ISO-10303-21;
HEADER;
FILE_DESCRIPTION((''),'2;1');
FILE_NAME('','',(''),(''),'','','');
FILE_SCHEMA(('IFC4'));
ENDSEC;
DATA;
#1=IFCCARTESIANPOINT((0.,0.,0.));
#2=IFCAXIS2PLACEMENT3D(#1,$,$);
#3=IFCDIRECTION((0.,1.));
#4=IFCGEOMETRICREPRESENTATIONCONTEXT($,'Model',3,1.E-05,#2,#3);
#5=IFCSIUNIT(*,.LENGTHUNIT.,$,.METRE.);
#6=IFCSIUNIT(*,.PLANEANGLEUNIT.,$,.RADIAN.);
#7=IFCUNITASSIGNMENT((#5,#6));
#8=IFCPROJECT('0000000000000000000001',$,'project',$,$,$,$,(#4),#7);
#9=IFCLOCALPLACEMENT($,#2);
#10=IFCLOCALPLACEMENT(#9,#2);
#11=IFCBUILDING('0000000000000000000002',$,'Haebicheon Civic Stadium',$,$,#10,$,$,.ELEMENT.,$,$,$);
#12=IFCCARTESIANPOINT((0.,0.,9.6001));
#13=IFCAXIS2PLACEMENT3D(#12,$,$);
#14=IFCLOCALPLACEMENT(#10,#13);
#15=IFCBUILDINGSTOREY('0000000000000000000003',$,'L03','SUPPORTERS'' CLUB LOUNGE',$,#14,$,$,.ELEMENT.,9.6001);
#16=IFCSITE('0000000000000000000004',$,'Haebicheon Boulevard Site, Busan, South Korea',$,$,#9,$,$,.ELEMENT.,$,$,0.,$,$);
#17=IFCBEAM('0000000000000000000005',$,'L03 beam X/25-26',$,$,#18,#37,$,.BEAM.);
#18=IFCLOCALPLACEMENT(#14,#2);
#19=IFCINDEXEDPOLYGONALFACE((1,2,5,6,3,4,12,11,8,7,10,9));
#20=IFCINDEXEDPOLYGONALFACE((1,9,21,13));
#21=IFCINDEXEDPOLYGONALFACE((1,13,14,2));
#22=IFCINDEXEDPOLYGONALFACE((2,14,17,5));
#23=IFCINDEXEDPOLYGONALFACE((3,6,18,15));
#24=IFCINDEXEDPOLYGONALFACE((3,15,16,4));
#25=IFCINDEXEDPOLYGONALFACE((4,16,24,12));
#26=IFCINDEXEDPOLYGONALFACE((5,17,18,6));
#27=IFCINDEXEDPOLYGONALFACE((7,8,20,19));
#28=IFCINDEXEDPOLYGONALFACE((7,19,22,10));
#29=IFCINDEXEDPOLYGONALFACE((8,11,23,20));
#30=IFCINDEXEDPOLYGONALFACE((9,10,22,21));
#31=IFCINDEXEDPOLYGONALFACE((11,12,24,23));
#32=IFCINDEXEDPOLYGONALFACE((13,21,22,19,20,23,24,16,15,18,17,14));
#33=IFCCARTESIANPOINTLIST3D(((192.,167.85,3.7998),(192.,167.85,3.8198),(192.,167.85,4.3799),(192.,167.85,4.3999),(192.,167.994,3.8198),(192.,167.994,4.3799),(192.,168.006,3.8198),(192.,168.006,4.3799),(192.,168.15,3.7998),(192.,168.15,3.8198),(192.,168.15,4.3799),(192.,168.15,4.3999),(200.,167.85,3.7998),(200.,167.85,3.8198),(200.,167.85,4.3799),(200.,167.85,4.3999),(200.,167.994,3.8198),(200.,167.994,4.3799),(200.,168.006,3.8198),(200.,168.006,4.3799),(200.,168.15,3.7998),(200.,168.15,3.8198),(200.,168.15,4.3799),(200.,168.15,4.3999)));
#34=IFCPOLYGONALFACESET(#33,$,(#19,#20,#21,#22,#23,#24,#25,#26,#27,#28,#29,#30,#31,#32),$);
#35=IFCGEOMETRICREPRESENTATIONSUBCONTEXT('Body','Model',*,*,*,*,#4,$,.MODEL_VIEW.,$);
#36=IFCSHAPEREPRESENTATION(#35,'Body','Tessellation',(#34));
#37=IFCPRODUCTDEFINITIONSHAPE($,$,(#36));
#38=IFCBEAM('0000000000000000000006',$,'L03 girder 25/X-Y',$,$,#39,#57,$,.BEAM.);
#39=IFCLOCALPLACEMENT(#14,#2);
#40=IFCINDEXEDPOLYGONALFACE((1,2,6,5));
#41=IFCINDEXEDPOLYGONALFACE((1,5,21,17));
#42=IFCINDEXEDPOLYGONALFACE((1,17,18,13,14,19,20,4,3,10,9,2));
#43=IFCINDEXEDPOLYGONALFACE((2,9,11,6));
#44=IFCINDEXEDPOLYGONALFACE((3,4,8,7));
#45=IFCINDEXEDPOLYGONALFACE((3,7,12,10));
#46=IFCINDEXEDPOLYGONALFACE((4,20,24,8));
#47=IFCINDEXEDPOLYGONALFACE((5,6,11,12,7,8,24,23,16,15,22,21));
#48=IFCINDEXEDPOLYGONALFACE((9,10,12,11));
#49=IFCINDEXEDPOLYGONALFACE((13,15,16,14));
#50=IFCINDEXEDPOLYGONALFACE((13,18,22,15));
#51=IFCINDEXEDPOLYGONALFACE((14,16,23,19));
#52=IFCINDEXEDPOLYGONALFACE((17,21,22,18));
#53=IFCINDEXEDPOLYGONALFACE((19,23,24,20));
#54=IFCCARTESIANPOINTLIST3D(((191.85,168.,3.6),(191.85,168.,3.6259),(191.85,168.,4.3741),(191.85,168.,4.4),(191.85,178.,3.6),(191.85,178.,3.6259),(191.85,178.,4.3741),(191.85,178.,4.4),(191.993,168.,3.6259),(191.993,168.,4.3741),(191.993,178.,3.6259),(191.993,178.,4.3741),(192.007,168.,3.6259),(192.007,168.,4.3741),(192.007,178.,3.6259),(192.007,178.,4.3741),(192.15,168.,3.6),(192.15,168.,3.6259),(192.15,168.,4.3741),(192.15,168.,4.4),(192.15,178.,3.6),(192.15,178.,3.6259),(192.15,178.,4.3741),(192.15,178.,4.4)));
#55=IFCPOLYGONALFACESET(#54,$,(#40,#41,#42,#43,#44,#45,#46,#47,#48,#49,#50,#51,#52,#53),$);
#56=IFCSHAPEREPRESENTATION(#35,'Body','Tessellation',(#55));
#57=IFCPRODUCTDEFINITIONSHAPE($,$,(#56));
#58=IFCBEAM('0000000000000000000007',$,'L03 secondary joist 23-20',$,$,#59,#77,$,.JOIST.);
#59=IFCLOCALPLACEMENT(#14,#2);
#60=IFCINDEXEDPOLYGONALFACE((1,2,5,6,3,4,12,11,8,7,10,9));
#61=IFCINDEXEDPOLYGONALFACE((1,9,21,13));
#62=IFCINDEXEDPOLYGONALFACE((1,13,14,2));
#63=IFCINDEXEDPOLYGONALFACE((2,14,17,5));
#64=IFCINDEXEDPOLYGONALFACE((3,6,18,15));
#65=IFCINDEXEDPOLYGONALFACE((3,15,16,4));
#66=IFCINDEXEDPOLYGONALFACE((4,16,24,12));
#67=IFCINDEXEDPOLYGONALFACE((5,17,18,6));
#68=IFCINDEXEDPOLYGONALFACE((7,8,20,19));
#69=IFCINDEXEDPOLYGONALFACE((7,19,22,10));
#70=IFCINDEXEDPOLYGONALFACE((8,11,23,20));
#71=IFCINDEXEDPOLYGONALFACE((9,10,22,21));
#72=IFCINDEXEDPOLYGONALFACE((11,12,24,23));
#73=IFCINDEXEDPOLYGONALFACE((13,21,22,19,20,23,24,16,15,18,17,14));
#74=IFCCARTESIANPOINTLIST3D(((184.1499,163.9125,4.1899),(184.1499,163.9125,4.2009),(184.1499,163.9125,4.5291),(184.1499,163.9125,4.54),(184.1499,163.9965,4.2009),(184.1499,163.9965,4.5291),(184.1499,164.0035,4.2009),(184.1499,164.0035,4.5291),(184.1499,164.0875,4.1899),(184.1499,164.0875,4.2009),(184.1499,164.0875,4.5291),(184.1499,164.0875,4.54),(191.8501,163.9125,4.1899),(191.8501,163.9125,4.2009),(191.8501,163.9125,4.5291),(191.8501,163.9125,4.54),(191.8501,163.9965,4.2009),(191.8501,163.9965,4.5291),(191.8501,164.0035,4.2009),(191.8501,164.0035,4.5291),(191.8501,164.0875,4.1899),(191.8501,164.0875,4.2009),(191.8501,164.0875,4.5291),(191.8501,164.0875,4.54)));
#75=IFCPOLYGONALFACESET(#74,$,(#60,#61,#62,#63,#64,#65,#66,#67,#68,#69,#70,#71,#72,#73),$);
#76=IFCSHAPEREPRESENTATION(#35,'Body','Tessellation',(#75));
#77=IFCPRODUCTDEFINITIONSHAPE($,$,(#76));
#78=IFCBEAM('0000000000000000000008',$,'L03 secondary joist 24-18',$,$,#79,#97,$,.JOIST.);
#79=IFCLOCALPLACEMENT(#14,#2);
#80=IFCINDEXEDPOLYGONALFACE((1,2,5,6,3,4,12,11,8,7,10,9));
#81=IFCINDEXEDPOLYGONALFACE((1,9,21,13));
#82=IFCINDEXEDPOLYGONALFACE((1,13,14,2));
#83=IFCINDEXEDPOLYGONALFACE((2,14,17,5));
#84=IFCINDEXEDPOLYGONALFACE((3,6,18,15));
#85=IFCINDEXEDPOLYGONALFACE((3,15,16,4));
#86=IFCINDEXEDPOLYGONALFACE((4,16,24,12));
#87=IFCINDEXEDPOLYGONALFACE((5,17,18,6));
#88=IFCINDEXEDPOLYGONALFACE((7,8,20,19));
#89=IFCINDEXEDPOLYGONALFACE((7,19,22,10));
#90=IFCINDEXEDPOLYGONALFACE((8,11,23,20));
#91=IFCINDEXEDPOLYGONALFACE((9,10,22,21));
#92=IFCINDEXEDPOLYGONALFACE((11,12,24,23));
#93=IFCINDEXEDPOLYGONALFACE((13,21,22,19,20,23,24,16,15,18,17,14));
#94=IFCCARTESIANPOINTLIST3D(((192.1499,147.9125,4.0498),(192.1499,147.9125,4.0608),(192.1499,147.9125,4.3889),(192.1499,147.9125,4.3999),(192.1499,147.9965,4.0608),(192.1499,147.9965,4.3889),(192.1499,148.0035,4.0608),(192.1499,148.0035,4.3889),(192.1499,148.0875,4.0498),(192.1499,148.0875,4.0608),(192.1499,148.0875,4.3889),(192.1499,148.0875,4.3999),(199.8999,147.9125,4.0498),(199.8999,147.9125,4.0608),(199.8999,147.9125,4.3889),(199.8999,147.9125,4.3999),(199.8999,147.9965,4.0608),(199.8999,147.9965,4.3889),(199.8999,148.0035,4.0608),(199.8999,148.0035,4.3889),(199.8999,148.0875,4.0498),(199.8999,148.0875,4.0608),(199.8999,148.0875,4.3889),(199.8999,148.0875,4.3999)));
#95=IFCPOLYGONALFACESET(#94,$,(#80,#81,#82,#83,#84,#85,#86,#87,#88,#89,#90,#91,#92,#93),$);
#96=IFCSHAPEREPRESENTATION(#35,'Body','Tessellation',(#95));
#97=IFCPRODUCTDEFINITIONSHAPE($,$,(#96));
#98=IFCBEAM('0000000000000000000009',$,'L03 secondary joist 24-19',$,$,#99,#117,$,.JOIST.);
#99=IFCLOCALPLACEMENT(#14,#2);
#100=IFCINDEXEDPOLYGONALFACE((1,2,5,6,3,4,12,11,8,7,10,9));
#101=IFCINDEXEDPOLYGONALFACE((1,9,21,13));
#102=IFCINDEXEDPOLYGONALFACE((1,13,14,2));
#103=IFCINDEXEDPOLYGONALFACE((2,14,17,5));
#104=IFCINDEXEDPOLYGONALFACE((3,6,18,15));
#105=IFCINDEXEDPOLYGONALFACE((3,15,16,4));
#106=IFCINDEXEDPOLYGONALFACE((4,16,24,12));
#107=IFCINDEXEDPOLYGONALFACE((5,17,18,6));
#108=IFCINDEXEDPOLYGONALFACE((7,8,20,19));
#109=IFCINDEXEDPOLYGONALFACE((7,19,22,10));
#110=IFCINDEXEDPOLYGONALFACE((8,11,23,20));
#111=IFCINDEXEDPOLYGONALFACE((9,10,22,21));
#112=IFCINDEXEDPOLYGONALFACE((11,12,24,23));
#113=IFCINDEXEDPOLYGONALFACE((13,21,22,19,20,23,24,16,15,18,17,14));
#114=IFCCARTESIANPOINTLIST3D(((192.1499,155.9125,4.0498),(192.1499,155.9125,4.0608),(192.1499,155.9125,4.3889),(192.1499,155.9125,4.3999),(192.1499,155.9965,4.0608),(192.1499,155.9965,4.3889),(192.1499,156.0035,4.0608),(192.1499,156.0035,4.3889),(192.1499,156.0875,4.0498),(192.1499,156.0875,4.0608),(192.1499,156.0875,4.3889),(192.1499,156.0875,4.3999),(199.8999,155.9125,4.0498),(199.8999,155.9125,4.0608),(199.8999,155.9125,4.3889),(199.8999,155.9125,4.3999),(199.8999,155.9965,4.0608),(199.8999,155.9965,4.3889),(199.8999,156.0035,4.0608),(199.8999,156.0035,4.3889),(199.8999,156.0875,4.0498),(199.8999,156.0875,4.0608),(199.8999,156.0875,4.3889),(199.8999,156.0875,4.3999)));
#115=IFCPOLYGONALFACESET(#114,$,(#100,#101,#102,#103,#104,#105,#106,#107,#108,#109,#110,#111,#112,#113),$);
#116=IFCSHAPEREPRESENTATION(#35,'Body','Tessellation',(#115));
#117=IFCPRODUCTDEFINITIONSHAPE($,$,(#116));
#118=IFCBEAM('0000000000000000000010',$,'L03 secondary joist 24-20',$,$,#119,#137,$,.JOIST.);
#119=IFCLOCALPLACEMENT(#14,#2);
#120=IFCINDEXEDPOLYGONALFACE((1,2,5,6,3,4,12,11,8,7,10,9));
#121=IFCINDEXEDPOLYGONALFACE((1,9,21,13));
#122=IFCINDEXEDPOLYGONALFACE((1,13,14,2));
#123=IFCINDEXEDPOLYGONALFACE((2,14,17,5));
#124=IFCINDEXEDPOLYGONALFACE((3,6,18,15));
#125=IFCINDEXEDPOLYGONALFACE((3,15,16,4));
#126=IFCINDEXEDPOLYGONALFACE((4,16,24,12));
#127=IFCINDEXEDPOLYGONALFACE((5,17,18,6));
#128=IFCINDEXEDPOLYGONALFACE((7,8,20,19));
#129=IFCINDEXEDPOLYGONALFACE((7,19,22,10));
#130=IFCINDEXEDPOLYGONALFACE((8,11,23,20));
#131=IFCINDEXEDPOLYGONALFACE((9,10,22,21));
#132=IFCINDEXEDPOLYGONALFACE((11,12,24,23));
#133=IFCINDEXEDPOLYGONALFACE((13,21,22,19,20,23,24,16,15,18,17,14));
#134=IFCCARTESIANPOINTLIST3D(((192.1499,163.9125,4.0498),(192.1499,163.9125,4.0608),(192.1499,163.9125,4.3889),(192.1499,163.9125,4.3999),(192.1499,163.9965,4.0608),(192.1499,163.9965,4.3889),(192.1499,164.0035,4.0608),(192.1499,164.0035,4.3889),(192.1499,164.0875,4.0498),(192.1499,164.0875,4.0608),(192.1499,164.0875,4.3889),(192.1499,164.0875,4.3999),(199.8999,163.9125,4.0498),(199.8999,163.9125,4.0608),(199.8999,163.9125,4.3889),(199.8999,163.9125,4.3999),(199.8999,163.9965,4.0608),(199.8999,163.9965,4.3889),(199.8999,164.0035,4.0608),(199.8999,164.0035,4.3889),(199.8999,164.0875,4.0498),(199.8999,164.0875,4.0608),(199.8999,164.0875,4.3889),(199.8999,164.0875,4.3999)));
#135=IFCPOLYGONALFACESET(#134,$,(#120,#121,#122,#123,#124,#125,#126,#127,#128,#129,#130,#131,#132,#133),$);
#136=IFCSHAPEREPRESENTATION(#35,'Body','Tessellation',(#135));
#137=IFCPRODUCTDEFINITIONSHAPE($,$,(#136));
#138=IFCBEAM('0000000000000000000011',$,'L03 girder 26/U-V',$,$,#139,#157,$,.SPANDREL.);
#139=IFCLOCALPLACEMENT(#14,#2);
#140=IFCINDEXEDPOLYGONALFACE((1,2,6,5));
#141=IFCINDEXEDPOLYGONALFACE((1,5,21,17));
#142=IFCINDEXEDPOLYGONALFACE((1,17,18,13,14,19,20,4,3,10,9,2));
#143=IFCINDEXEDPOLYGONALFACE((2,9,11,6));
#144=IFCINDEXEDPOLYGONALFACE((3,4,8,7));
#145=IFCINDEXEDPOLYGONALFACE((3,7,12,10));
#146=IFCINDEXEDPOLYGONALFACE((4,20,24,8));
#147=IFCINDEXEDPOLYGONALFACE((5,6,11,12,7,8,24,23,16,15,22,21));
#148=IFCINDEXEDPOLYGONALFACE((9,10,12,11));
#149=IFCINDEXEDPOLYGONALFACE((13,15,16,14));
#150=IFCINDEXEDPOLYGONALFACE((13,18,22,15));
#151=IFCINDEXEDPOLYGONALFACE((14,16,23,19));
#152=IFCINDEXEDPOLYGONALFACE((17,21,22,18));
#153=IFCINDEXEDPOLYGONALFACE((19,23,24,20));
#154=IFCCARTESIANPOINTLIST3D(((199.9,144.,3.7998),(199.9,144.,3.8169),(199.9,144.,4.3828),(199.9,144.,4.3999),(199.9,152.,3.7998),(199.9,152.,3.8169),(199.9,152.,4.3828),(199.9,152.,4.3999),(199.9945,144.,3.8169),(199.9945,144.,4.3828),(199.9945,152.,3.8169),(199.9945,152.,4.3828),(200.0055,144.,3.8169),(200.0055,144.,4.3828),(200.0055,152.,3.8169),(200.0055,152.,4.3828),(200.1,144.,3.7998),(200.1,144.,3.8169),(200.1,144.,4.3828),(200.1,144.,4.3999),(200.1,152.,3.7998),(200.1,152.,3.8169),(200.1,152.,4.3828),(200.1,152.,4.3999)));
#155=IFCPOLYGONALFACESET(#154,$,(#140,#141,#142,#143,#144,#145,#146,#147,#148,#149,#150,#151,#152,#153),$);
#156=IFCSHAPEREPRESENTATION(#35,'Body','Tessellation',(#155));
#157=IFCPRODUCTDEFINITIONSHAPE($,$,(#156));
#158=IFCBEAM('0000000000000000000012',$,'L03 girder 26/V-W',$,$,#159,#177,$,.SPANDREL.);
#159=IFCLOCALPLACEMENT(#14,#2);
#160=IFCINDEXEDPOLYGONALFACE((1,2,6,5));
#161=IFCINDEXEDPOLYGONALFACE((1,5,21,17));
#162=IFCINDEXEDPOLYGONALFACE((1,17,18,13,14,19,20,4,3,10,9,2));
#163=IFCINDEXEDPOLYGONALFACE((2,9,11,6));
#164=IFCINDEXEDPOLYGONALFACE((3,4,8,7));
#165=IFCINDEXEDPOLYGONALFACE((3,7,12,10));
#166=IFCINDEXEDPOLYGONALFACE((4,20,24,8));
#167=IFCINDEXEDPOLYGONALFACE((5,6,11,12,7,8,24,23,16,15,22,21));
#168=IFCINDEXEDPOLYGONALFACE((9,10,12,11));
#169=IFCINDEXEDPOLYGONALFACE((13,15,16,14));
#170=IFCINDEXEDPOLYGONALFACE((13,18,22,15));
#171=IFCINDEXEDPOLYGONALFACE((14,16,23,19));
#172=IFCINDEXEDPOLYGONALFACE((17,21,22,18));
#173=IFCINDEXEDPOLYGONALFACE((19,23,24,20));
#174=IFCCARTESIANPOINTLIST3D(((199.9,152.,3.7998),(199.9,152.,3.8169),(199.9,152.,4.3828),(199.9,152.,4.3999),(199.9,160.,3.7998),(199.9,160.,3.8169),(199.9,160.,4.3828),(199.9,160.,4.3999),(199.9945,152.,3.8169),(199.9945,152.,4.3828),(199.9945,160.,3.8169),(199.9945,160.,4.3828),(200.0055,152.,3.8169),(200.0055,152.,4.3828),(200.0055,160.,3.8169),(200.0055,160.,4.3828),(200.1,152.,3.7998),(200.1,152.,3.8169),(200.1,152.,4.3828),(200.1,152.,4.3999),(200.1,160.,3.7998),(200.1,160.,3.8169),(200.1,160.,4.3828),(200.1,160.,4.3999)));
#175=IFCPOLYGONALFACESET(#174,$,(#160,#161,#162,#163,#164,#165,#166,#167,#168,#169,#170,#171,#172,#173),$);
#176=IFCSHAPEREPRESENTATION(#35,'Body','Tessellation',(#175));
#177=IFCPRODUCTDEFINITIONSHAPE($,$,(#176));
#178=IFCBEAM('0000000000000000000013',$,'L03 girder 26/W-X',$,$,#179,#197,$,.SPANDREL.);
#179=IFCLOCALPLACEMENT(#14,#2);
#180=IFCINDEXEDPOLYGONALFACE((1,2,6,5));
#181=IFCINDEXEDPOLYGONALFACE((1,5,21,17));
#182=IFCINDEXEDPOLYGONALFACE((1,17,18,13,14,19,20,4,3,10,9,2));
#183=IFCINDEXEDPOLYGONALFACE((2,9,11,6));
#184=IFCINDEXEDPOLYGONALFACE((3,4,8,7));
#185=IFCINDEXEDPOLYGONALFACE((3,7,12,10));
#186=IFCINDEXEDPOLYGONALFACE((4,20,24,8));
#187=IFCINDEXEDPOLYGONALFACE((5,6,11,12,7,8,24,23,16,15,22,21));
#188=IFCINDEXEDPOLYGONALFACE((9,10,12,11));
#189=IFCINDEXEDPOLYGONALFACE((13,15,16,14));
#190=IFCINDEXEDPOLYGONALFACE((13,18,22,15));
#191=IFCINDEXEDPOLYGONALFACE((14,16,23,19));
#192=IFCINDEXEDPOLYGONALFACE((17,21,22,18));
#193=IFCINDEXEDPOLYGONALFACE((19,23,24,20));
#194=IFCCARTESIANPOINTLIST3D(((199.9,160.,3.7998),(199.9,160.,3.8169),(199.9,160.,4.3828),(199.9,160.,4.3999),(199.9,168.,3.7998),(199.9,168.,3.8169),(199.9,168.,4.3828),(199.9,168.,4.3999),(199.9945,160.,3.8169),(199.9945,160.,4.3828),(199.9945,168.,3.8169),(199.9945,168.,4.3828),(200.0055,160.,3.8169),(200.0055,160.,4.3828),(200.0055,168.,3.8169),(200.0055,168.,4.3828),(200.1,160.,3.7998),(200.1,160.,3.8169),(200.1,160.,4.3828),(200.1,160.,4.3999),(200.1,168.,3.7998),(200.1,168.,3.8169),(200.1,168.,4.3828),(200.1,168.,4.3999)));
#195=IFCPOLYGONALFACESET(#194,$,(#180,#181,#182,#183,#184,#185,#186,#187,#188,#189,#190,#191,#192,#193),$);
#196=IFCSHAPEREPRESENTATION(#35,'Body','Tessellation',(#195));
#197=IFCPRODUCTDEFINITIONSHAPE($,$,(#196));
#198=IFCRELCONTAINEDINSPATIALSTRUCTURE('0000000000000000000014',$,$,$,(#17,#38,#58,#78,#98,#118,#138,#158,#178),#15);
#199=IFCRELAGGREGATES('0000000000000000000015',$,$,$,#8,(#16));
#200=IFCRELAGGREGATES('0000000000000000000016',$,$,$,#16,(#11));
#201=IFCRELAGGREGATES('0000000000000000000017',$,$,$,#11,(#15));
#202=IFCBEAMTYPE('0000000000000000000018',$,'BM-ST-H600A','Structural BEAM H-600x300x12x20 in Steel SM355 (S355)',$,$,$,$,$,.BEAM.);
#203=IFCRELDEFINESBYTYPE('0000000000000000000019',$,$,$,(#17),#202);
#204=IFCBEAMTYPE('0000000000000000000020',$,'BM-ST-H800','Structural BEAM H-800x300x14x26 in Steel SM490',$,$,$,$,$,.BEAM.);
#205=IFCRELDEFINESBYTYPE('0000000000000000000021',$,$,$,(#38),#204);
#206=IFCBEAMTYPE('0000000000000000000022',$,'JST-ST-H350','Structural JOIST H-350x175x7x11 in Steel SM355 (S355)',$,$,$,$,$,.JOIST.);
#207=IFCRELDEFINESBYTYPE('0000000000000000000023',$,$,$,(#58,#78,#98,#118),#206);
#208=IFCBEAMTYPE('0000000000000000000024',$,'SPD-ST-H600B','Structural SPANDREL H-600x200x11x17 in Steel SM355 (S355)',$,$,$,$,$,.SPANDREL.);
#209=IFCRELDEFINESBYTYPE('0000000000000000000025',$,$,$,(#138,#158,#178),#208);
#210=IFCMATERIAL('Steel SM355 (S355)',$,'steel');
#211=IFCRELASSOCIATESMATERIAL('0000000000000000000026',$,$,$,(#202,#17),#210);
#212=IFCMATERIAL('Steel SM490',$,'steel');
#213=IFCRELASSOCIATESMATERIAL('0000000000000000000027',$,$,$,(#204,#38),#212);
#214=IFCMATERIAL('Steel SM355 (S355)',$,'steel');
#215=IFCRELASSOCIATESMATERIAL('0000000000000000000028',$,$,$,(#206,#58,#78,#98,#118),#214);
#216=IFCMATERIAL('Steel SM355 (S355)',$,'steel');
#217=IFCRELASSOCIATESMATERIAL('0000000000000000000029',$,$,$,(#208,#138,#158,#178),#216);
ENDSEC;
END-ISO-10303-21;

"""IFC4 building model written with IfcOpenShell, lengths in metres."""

from ifc_helpers import new_model, si_unit, direction, frame, origin, origin_2d, place, context, subcontext, project, spatial, i_section, extrude, material, material_profile, profile_set, type_object, element, save


model = new_model("IFC4")

# Units and contexts
model_context = context("Model", 3, precision=1e-05, world=origin(), true_north=direction((0.0, 1.0)))
body_context = subcontext(model_context, "Body", "Model", "MODEL_VIEW")
ifc_project = project(units=[si_unit("LENGTHUNIT", "METRE"), si_unit("PLANEANGLEUNIT", "RADIAN")], contexts=[model_context])

# Site, building, storey
site_placement = place(None, origin())
site = spatial("IfcSite", under=ifc_project, at=site_placement, Name="Haebicheon Boulevard Site, Busan, South Korea", CompositionType="ELEMENT", RefElevation=0.0)
building_placement = place(site_placement, origin())
building = spatial("IfcBuilding", under=site, at=building_placement, Name="Haebicheon Civic Stadium", CompositionType="ELEMENT")
storey_placement = place(building_placement, frame((0.0, 0.0, 9.6001)))
storey = spatial("IfcBuildingStorey", under=building, at=storey_placement, Name="L03", Description="SUPPORTERS' CLUB LOUNGE", CompositionType="ELEMENT", Elevation=9.6001)

# Beams
ifc_material_1 = material(Name="Steel SM355 (S355)", Category="steel")
ifc_material_profile_1 = material_profile(ifc_material_1, i_section(OverallWidth=0.3, OverallDepth=0.6001, WebThickness=0.012, FlangeThickness=0.02, at=origin_2d()), Name="H-600x300x12x20")
ifc_profile_set_1 = profile_set([ifc_material_profile_1], Name="Steel SM355 (S355)")
beam_type_1 = type_object("IfcBeamType", Name="BM-ST-H600A", Description="Structural BEAM H-600x300x12x20 in Steel SM355 (S355)", PredefinedType="BEAM", material=ifc_profile_set_1)
for number, where, z_axis, x_axis, name in (
    (1, (192.0, 168.0, 4.0999), (1.0, 0.0, 0.0), (0.0, 1.0, 0.0), "L03 beam X/25-26"),
):
    element("IfcBeam", number, at=place(storey_placement, frame(where, z_axis=z_axis, x_axis=x_axis)), inside=storey, type_object=beam_type_1, material=ifc_profile_set_1, Name=name, PredefinedType="BEAM", context=body_context, shape_type="SweptSolid", body=[
        extrude(i_section(OverallWidth=0.3, OverallDepth=0.6001, WebThickness=0.012, FlangeThickness=0.02, at=origin_2d()), origin(), (0.0, 0.0, 1.0), 8.0),
    ])
ifc_material_2 = material(Name="Steel SM490", Category="steel")
ifc_material_profile_2 = material_profile(ifc_material_2, i_section(OverallWidth=0.3, OverallDepth=0.8, WebThickness=0.0139, FlangeThickness=0.0259, at=origin_2d()), Name="H-800x300x14x26")
ifc_profile_set_2 = profile_set([ifc_material_profile_2], Name="Steel SM490")
beam_type_2 = type_object("IfcBeamType", Name="BM-ST-H800", Description="Structural BEAM H-800x300x14x26 in Steel SM490", PredefinedType="BEAM", material=ifc_profile_set_2)
beam_1_placement = place(storey_placement, frame((192.0, 168.0, 4.0), z_axis=(0.0, 1.0, 0.0), x_axis=(-1.0, 0.0, 0.0)))
element("IfcBeam", 2, at=beam_1_placement, inside=storey, type_object=beam_type_2, material=ifc_profile_set_2, Name="L03 girder 25/X-Y", PredefinedType="BEAM", context=body_context, shape_type="SweptSolid", body=[
    extrude(i_section(OverallWidth=0.3, OverallDepth=0.8, WebThickness=0.0139, FlangeThickness=0.0259, at=origin_2d()), origin(), (0.0, 0.0, 1.0), 10.0),
])
ifc_material_3 = material(Name="Steel SM355 (S355)", Category="steel")
ifc_material_profile_3 = material_profile(ifc_material_3, i_section(OverallWidth=0.175, OverallDepth=0.3501, WebThickness=0.0071, FlangeThickness=0.011, at=origin_2d()), Name="H-350x175x7x11")
ifc_profile_set_3 = profile_set([ifc_material_profile_3], Name="Steel SM355 (S355)")
beam_type_3 = type_object("IfcBeamType", Name="JST-ST-H350", Description="Structural JOIST H-350x175x7x11 in Steel SM355 (S355)", PredefinedType="JOIST", material=ifc_profile_set_3)
beam_2_placement = place(storey_placement, frame((184.1499, 164.0, 4.365), z_axis=(1.0, 0.0, 0.0), x_axis=(0.0, 1.0, 0.0)))
element("IfcBeam", 3, at=beam_2_placement, inside=storey, type_object=beam_type_3, material=ifc_profile_set_3, Name="L03 secondary joist 23-20", PredefinedType="JOIST", context=body_context, shape_type="SweptSolid", body=[
    extrude(i_section(OverallWidth=0.175, OverallDepth=0.3501, WebThickness=0.0071, FlangeThickness=0.011, at=origin_2d()), origin(), (0.0, 0.0, 1.0), 7.7002),
])
for number, where, z_axis, x_axis, name in (
    (4, (192.1499, 148.0, 4.2249), (1.0, 0.0, 0.0), (0.0, 1.0, 0.0), "L03 secondary joist 24-18"),
    (5, (192.1499, 156.0, 4.2249), (1.0, 0.0, 0.0), (0.0, 1.0, 0.0), "L03 secondary joist 24-19"),
    (6, (192.1499, 164.0, 4.2249), (1.0, 0.0, 0.0), (0.0, 1.0, 0.0), "L03 secondary joist 24-20"),
):
    element("IfcBeam", number, at=place(storey_placement, frame(where, z_axis=z_axis, x_axis=x_axis)), inside=storey, type_object=beam_type_3, material=ifc_profile_set_3, Name=name, PredefinedType="JOIST", context=body_context, shape_type="SweptSolid", body=[
        extrude(i_section(OverallWidth=0.175, OverallDepth=0.3501, WebThickness=0.0071, FlangeThickness=0.011, at=origin_2d()), origin(), (0.0, 0.0, 1.0), 7.75),
    ])
ifc_material_4 = material(Name="Steel SM355 (S355)", Category="steel")
ifc_material_profile_4 = material_profile(ifc_material_4, i_section(OverallWidth=0.2, OverallDepth=0.6001, WebThickness=0.011, FlangeThickness=0.0171, at=origin_2d()), Name="H-600x200x11x17")
ifc_profile_set_4 = profile_set([ifc_material_profile_4], Name="Steel SM355 (S355)")
beam_type_4 = type_object("IfcBeamType", Name="SPD-ST-H600B", Description="Structural SPANDREL H-600x200x11x17 in Steel SM355 (S355)", PredefinedType="SPANDREL", material=ifc_profile_set_4)
for number, where, z_axis, x_axis, name in (
    (7, (200.0, 144.0, 4.0999), (0.0, 1.0, 0.0), (-1.0, 0.0, 0.0), "L03 girder 26/U-V"),
    (8, (200.0, 152.0, 4.0999), (0.0, 1.0, 0.0), (-1.0, 0.0, 0.0), "L03 girder 26/V-W"),
    (9, (200.0, 160.0, 4.0999), (0.0, 1.0, 0.0), (-1.0, 0.0, 0.0), "L03 girder 26/W-X"),
):
    element("IfcBeam", number, at=place(storey_placement, frame(where, z_axis=z_axis, x_axis=x_axis)), inside=storey, type_object=beam_type_4, material=ifc_profile_set_4, Name=name, PredefinedType="SPANDREL", context=body_context, shape_type="SweptSolid", body=[
        extrude(i_section(OverallWidth=0.2, OverallDepth=0.6001, WebThickness=0.011, FlangeThickness=0.0171, at=origin_2d()), origin(), (0.0, 0.0, 1.0), 8.0),
    ])

save(model, "model.ifc")
